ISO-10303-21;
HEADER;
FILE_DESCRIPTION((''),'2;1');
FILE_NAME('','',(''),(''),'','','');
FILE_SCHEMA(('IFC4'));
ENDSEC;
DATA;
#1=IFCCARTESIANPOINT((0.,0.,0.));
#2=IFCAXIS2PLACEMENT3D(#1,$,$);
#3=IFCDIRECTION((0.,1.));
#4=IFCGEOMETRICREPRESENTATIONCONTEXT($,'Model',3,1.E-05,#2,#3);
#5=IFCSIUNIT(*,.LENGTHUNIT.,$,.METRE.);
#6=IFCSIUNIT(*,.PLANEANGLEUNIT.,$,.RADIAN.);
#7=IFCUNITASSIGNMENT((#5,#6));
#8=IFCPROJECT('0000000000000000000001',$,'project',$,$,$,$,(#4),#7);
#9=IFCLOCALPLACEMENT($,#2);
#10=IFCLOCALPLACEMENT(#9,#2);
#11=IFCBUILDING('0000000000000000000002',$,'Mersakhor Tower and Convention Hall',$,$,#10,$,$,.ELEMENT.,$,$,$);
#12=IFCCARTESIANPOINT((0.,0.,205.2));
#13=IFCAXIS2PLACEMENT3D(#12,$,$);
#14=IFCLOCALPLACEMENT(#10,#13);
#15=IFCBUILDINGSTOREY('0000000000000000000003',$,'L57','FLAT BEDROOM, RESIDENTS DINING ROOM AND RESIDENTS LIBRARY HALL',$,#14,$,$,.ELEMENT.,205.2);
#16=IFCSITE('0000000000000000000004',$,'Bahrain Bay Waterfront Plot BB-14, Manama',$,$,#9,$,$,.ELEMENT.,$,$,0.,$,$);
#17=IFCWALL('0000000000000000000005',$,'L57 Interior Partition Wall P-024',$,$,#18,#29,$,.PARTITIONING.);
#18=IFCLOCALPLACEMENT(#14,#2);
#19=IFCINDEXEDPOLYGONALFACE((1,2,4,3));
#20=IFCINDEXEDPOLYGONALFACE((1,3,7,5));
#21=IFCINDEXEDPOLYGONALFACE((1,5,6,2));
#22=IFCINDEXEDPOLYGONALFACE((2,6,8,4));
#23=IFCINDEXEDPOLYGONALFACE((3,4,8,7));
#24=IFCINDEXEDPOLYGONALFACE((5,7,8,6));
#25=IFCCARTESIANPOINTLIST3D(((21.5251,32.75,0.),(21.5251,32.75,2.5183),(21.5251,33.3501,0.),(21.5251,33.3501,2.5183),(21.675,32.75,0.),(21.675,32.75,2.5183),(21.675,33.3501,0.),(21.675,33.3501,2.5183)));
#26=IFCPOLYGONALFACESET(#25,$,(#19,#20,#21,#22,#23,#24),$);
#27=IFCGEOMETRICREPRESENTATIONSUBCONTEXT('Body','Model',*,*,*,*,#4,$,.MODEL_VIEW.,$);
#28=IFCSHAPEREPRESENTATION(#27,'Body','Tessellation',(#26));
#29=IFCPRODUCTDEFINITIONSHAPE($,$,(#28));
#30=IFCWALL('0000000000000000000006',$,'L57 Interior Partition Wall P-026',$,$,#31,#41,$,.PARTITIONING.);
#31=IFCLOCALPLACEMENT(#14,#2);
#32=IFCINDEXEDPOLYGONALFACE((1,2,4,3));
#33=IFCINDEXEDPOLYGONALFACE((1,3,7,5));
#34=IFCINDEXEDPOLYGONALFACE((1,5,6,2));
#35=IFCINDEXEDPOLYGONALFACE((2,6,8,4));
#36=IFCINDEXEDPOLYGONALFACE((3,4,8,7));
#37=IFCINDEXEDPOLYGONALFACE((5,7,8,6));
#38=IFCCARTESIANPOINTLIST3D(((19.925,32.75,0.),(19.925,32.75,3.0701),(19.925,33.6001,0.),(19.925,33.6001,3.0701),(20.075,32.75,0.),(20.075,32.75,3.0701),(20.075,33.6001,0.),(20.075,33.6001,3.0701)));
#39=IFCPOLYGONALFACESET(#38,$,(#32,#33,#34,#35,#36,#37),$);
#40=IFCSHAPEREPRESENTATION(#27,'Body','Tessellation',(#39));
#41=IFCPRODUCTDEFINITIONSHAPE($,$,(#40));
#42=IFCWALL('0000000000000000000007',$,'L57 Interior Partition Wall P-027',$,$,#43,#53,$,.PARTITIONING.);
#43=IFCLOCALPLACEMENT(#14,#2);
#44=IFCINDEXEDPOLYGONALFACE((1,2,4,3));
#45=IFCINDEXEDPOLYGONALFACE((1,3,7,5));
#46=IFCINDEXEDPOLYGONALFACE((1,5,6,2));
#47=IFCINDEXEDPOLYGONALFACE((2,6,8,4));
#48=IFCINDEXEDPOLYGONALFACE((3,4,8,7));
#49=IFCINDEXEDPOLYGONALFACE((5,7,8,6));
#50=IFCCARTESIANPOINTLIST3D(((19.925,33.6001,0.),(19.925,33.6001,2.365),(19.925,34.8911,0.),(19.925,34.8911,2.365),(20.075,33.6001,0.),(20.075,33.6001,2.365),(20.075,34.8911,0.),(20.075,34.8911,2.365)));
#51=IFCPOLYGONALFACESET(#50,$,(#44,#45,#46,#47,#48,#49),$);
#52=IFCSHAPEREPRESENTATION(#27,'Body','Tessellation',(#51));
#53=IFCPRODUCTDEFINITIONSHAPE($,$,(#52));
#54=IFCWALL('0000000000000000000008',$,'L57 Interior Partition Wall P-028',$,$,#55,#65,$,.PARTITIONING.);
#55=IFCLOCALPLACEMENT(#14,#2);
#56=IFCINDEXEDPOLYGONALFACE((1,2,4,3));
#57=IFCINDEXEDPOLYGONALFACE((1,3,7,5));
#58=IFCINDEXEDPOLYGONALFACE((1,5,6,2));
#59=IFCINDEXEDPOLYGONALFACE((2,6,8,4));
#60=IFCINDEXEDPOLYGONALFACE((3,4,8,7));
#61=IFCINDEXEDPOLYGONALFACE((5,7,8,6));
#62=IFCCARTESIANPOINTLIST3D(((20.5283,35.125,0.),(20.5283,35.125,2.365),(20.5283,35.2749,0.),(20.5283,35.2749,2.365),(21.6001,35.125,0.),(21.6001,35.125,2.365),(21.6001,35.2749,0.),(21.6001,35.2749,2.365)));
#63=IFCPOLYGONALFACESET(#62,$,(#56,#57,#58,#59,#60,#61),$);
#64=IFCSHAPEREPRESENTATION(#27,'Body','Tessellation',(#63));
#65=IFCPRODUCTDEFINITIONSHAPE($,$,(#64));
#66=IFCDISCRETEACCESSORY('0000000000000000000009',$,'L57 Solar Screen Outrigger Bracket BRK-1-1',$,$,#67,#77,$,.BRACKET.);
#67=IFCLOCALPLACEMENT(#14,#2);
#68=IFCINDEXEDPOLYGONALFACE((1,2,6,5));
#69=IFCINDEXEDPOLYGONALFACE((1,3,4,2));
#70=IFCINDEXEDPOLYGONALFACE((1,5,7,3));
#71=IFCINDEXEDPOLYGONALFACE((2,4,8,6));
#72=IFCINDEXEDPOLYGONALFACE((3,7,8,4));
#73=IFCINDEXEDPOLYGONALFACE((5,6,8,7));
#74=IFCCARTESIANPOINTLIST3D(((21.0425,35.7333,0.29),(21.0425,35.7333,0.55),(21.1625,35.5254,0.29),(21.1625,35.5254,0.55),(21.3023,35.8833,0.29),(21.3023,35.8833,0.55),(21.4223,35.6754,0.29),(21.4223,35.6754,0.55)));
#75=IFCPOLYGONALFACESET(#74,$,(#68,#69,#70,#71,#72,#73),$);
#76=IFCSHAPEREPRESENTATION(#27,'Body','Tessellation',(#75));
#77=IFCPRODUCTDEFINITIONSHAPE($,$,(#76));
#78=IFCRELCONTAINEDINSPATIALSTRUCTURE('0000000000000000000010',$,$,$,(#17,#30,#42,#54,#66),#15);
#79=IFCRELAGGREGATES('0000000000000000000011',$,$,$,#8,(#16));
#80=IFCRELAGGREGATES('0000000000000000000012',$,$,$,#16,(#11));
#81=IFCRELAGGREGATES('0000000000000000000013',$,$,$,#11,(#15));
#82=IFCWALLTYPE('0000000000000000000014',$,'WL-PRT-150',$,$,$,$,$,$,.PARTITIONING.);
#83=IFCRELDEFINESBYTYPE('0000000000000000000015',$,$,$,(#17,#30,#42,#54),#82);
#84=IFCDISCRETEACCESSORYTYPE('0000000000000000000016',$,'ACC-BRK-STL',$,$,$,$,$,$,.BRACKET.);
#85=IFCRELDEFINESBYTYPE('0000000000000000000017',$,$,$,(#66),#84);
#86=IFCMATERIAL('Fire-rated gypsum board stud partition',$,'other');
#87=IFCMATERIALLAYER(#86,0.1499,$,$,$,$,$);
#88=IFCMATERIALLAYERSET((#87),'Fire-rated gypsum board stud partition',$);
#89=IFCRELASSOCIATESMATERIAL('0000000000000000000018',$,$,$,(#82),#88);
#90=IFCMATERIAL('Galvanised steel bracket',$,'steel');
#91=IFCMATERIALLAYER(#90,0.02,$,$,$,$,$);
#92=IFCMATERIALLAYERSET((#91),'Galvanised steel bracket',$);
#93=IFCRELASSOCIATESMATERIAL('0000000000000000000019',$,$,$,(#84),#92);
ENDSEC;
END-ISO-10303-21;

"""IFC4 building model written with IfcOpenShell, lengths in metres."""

from ifc_helpers import new_model, si_unit, direction, frame, frame_2d, origin, origin_2d, place, context, subcontext, project, spatial, rectangle, extrude, material, layer, layer_set, type_object, element, save


model = new_model("IFC4")

# Units and contexts
model_context = context("Model", 3, precision=1e-05, world=origin(), true_north=direction((0.0, 1.0)))
body_context = subcontext(model_context, "Body", "Model", "MODEL_VIEW")
ifc_project = project(units=[si_unit("LENGTHUNIT", "METRE"), si_unit("PLANEANGLEUNIT", "RADIAN")], contexts=[model_context])

# Site, building, storey
site_placement = place(None, origin())
site = spatial("IfcSite", under=ifc_project, at=site_placement, Name="Bahrain Bay Waterfront Plot BB-14, Manama", CompositionType="ELEMENT", RefElevation=0.0)
building_placement = place(site_placement, origin())
building = spatial("IfcBuilding", under=site, at=building_placement, Name="Mersakhor Tower and Convention Hall", CompositionType="ELEMENT")
storey_placement = place(building_placement, frame((0.0, 0.0, 205.2)))
storey = spatial("IfcBuildingStorey", under=building, at=storey_placement, Name="L57", Description="FLAT BEDROOM, RESIDENTS DINING ROOM AND RESIDENTS LIBRARY HALL", CompositionType="ELEMENT", Elevation=205.2)

# Wall
ifc_material_1 = material(Name="Fire-rated gypsum board stud partition", Category="other")
ifc_layer_1 = layer(ifc_material_1, 0.1499)
ifc_layer_set_1 = layer_set([ifc_layer_1], Name="Fire-rated gypsum board stud partition")
wall_type_1 = type_object("IfcWallType", Name="WL-PRT-150", PredefinedType="PARTITIONING", material=ifc_layer_set_1)
wall_1_placement = place(storey_placement, frame((21.6001, 33.3501, 0.0), z_axis=(0.0, 0.0, 1.0), x_axis=(0.0, -1.0, 0.0)))
element("IfcWall", 1, at=wall_1_placement, inside=storey, type_object=wall_type_1, Name="L57 Interior Partition Wall P-024", PredefinedType="PARTITIONING", context=body_context, shape_type="SweptSolid", body=[
    extrude(rectangle(XDim=0.6001, YDim=0.1499, at=frame_2d((0.3, 0.0))), origin(), (0.0, 0.0, 1.0), 2.5183),
])

# Walls
wall_2_placement = place(storey_placement, frame((20.0, 32.75, 0.0), z_axis=(0.0, 0.0, 1.0), x_axis=(0.0, 1.0, 0.0)))
element("IfcWall", 2, at=wall_2_placement, inside=storey, type_object=wall_type_1, Name="L57 Interior Partition Wall P-026", PredefinedType="PARTITIONING", context=body_context, shape_type="SweptSolid", body=[
    extrude(rectangle(XDim=0.8501, YDim=0.1499, at=frame_2d((0.425, 0.0))), origin(), (0.0, 0.0, 1.0), 3.0701),
])
wall_3_placement = place(storey_placement, frame((20.0, 33.6001, 0.0), z_axis=(0.0, 0.0, 1.0), x_axis=(0.0, 1.0, 0.0)))
element("IfcWall", 3, at=wall_3_placement, inside=storey, type_object=wall_type_1, Name="L57 Interior Partition Wall P-027", PredefinedType="PARTITIONING", context=body_context, shape_type="SweptSolid", body=[
    extrude(rectangle(XDim=1.291, YDim=0.1499, at=frame_2d((0.6455, 0.0))), origin(), (0.0, 0.0, 1.0), 2.365),
])
wall_4_placement = place(storey_placement, frame((20.5283, 35.2, 0.0), z_axis=(0.0, 0.0, 1.0), x_axis=(1.0, 0.0, 0.0)))
element("IfcWall", 4, at=wall_4_placement, inside=storey, type_object=wall_type_1, Name="L57 Interior Partition Wall P-028", PredefinedType="PARTITIONING", context=body_context, shape_type="SweptSolid", body=[
    extrude(rectangle(XDim=1.0718, YDim=0.1499, at=frame_2d((0.5359, 0.0))), origin(), (0.0, 0.0, 1.0), 2.365),
])

# Discrete accessory
ifc_material_2 = material(Name="Galvanised steel bracket", Category="steel")
ifc_layer_2 = layer(ifc_material_2, 0.02)
ifc_layer_set_2 = layer_set([ifc_layer_2], Name="Galvanised steel bracket")
discrete_accessory_type = type_object("IfcDiscreteAccessoryType", Name="ACC-BRK-STL", PredefinedType="BRACKET", material=ifc_layer_set_2)
discrete_accessory_placement = place(storey_placement, frame((21.2324, 35.7043, 0.29), z_axis=(0.0, 0.0, 1.0), x_axis=(0.866025, 0.5, 0.0)))
element("IfcDiscreteAccessory", 5, at=discrete_accessory_placement, inside=storey, type_object=discrete_accessory_type, Name="L57 Solar Screen Outrigger Bracket BRK-1-1", PredefinedType="BRACKET", context=body_context, shape_type="SweptSolid", body=[
    extrude(rectangle(XDim=0.3, YDim=0.24, at=origin_2d()), origin(), (0.0, 0.0, 1.0), 0.26),
])

save(model, "model.ifc")
